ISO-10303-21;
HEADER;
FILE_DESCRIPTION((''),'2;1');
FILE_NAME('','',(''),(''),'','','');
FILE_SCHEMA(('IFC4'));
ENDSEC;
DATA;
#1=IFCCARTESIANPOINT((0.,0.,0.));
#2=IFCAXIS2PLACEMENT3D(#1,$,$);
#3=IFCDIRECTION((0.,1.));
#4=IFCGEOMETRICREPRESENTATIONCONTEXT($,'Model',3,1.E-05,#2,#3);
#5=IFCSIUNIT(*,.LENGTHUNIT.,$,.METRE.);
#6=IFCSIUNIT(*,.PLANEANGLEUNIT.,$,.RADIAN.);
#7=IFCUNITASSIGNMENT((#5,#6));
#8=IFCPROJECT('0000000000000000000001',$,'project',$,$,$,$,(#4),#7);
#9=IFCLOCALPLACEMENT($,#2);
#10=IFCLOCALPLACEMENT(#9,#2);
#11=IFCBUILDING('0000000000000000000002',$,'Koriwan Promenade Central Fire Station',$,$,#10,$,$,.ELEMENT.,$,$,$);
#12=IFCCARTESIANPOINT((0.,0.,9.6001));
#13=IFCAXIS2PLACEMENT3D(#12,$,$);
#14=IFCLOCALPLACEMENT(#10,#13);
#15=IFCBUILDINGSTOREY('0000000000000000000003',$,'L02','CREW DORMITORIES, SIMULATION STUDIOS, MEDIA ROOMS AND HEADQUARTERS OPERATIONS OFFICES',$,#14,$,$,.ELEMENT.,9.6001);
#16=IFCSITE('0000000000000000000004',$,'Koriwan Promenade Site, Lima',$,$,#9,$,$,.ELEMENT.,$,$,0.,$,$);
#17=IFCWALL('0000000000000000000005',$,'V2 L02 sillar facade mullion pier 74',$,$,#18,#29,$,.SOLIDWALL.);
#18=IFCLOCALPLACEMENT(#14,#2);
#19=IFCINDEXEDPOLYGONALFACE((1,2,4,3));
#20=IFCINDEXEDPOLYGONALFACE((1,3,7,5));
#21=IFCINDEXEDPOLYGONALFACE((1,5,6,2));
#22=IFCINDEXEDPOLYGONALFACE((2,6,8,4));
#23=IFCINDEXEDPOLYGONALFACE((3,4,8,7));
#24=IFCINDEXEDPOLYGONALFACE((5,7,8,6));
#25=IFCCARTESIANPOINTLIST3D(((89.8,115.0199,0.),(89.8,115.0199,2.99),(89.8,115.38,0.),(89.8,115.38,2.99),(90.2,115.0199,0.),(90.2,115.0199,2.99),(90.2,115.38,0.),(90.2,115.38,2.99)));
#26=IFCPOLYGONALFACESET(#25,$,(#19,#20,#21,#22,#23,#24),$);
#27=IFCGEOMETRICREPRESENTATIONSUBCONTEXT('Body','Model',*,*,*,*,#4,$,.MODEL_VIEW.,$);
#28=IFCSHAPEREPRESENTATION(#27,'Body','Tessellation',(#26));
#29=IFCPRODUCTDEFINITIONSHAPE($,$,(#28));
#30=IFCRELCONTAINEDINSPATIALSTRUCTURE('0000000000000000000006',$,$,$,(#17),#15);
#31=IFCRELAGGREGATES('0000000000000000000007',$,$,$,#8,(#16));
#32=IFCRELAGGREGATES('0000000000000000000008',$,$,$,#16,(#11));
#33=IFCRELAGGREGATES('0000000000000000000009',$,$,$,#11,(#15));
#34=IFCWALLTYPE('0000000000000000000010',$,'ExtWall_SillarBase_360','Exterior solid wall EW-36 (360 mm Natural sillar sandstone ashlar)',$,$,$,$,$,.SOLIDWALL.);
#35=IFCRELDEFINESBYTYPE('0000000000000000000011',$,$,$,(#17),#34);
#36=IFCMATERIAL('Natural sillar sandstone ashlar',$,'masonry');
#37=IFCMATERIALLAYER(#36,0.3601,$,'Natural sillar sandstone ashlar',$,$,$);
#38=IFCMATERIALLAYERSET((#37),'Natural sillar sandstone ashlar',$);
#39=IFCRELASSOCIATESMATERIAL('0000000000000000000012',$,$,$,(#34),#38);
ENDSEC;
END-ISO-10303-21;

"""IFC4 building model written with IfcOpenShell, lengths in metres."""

from ifc_helpers import new_model, si_unit, direction, frame, frame_2d, origin, place, context, subcontext, project, spatial, rectangle, extrude, material, layer, layer_set, type_object, element, save


model = new_model("IFC4")

# Units and contexts
model_context = context("Model", 3, precision=1e-05, world=origin(), true_north=direction((0.0, 1.0)))
body_context = subcontext(model_context, "Body", "Model", "MODEL_VIEW")
ifc_project = project(units=[si_unit("LENGTHUNIT", "METRE"), si_unit("PLANEANGLEUNIT", "RADIAN")], contexts=[model_context])

# Site, building, storey
site_placement = place(None, origin())
site = spatial("IfcSite", under=ifc_project, at=site_placement, Name="Koriwan Promenade Site, Lima", CompositionType="ELEMENT", RefElevation=0.0)
building_placement = place(site_placement, origin())
building = spatial("IfcBuilding", under=site, at=building_placement, Name="Koriwan Promenade Central Fire Station", CompositionType="ELEMENT")
storey_placement = place(building_placement, frame((0.0, 0.0, 9.6001)))
storey = spatial("IfcBuildingStorey", under=building, at=storey_placement, Name="L02", Description="CREW DORMITORIES, SIMULATION STUDIOS, MEDIA ROOMS AND HEADQUARTERS OPERATIONS OFFICES", CompositionType="ELEMENT", Elevation=9.6001)

# Wall
ifc_material_1 = material(Name="Natural sillar sandstone ashlar", Category="masonry")
ifc_layer_1 = layer(ifc_material_1, 0.3601, Name="Natural sillar sandstone ashlar")
ifc_layer_set_1 = layer_set([ifc_layer_1], Name="Natural sillar sandstone ashlar")
wall_type = type_object("IfcWallType", Name="ExtWall_SillarBase_360", Description="Exterior solid wall EW-36 (360 mm Natural sillar sandstone ashlar)", PredefinedType="SOLIDWALL", material=ifc_layer_set_1)
wall_placement = place(storey_placement, frame((90.2, 115.2, 0.0), z_axis=(0.0, 0.0, 1.0), x_axis=(-1.0, 0.0, 0.0)))
element("IfcWall", 1, at=wall_placement, inside=storey, type_object=wall_type, Name="V2 L02 sillar facade mullion pier 74", PredefinedType="SOLIDWALL", context=body_context, shape_type="SweptSolid", body=[
    extrude(rectangle(XDim=0.3999, YDim=0.3601, at=frame_2d((0.2, 0.0))), origin(), (0.0, 0.0, 1.0), 2.99),
])

save(model, "model.ifc")
